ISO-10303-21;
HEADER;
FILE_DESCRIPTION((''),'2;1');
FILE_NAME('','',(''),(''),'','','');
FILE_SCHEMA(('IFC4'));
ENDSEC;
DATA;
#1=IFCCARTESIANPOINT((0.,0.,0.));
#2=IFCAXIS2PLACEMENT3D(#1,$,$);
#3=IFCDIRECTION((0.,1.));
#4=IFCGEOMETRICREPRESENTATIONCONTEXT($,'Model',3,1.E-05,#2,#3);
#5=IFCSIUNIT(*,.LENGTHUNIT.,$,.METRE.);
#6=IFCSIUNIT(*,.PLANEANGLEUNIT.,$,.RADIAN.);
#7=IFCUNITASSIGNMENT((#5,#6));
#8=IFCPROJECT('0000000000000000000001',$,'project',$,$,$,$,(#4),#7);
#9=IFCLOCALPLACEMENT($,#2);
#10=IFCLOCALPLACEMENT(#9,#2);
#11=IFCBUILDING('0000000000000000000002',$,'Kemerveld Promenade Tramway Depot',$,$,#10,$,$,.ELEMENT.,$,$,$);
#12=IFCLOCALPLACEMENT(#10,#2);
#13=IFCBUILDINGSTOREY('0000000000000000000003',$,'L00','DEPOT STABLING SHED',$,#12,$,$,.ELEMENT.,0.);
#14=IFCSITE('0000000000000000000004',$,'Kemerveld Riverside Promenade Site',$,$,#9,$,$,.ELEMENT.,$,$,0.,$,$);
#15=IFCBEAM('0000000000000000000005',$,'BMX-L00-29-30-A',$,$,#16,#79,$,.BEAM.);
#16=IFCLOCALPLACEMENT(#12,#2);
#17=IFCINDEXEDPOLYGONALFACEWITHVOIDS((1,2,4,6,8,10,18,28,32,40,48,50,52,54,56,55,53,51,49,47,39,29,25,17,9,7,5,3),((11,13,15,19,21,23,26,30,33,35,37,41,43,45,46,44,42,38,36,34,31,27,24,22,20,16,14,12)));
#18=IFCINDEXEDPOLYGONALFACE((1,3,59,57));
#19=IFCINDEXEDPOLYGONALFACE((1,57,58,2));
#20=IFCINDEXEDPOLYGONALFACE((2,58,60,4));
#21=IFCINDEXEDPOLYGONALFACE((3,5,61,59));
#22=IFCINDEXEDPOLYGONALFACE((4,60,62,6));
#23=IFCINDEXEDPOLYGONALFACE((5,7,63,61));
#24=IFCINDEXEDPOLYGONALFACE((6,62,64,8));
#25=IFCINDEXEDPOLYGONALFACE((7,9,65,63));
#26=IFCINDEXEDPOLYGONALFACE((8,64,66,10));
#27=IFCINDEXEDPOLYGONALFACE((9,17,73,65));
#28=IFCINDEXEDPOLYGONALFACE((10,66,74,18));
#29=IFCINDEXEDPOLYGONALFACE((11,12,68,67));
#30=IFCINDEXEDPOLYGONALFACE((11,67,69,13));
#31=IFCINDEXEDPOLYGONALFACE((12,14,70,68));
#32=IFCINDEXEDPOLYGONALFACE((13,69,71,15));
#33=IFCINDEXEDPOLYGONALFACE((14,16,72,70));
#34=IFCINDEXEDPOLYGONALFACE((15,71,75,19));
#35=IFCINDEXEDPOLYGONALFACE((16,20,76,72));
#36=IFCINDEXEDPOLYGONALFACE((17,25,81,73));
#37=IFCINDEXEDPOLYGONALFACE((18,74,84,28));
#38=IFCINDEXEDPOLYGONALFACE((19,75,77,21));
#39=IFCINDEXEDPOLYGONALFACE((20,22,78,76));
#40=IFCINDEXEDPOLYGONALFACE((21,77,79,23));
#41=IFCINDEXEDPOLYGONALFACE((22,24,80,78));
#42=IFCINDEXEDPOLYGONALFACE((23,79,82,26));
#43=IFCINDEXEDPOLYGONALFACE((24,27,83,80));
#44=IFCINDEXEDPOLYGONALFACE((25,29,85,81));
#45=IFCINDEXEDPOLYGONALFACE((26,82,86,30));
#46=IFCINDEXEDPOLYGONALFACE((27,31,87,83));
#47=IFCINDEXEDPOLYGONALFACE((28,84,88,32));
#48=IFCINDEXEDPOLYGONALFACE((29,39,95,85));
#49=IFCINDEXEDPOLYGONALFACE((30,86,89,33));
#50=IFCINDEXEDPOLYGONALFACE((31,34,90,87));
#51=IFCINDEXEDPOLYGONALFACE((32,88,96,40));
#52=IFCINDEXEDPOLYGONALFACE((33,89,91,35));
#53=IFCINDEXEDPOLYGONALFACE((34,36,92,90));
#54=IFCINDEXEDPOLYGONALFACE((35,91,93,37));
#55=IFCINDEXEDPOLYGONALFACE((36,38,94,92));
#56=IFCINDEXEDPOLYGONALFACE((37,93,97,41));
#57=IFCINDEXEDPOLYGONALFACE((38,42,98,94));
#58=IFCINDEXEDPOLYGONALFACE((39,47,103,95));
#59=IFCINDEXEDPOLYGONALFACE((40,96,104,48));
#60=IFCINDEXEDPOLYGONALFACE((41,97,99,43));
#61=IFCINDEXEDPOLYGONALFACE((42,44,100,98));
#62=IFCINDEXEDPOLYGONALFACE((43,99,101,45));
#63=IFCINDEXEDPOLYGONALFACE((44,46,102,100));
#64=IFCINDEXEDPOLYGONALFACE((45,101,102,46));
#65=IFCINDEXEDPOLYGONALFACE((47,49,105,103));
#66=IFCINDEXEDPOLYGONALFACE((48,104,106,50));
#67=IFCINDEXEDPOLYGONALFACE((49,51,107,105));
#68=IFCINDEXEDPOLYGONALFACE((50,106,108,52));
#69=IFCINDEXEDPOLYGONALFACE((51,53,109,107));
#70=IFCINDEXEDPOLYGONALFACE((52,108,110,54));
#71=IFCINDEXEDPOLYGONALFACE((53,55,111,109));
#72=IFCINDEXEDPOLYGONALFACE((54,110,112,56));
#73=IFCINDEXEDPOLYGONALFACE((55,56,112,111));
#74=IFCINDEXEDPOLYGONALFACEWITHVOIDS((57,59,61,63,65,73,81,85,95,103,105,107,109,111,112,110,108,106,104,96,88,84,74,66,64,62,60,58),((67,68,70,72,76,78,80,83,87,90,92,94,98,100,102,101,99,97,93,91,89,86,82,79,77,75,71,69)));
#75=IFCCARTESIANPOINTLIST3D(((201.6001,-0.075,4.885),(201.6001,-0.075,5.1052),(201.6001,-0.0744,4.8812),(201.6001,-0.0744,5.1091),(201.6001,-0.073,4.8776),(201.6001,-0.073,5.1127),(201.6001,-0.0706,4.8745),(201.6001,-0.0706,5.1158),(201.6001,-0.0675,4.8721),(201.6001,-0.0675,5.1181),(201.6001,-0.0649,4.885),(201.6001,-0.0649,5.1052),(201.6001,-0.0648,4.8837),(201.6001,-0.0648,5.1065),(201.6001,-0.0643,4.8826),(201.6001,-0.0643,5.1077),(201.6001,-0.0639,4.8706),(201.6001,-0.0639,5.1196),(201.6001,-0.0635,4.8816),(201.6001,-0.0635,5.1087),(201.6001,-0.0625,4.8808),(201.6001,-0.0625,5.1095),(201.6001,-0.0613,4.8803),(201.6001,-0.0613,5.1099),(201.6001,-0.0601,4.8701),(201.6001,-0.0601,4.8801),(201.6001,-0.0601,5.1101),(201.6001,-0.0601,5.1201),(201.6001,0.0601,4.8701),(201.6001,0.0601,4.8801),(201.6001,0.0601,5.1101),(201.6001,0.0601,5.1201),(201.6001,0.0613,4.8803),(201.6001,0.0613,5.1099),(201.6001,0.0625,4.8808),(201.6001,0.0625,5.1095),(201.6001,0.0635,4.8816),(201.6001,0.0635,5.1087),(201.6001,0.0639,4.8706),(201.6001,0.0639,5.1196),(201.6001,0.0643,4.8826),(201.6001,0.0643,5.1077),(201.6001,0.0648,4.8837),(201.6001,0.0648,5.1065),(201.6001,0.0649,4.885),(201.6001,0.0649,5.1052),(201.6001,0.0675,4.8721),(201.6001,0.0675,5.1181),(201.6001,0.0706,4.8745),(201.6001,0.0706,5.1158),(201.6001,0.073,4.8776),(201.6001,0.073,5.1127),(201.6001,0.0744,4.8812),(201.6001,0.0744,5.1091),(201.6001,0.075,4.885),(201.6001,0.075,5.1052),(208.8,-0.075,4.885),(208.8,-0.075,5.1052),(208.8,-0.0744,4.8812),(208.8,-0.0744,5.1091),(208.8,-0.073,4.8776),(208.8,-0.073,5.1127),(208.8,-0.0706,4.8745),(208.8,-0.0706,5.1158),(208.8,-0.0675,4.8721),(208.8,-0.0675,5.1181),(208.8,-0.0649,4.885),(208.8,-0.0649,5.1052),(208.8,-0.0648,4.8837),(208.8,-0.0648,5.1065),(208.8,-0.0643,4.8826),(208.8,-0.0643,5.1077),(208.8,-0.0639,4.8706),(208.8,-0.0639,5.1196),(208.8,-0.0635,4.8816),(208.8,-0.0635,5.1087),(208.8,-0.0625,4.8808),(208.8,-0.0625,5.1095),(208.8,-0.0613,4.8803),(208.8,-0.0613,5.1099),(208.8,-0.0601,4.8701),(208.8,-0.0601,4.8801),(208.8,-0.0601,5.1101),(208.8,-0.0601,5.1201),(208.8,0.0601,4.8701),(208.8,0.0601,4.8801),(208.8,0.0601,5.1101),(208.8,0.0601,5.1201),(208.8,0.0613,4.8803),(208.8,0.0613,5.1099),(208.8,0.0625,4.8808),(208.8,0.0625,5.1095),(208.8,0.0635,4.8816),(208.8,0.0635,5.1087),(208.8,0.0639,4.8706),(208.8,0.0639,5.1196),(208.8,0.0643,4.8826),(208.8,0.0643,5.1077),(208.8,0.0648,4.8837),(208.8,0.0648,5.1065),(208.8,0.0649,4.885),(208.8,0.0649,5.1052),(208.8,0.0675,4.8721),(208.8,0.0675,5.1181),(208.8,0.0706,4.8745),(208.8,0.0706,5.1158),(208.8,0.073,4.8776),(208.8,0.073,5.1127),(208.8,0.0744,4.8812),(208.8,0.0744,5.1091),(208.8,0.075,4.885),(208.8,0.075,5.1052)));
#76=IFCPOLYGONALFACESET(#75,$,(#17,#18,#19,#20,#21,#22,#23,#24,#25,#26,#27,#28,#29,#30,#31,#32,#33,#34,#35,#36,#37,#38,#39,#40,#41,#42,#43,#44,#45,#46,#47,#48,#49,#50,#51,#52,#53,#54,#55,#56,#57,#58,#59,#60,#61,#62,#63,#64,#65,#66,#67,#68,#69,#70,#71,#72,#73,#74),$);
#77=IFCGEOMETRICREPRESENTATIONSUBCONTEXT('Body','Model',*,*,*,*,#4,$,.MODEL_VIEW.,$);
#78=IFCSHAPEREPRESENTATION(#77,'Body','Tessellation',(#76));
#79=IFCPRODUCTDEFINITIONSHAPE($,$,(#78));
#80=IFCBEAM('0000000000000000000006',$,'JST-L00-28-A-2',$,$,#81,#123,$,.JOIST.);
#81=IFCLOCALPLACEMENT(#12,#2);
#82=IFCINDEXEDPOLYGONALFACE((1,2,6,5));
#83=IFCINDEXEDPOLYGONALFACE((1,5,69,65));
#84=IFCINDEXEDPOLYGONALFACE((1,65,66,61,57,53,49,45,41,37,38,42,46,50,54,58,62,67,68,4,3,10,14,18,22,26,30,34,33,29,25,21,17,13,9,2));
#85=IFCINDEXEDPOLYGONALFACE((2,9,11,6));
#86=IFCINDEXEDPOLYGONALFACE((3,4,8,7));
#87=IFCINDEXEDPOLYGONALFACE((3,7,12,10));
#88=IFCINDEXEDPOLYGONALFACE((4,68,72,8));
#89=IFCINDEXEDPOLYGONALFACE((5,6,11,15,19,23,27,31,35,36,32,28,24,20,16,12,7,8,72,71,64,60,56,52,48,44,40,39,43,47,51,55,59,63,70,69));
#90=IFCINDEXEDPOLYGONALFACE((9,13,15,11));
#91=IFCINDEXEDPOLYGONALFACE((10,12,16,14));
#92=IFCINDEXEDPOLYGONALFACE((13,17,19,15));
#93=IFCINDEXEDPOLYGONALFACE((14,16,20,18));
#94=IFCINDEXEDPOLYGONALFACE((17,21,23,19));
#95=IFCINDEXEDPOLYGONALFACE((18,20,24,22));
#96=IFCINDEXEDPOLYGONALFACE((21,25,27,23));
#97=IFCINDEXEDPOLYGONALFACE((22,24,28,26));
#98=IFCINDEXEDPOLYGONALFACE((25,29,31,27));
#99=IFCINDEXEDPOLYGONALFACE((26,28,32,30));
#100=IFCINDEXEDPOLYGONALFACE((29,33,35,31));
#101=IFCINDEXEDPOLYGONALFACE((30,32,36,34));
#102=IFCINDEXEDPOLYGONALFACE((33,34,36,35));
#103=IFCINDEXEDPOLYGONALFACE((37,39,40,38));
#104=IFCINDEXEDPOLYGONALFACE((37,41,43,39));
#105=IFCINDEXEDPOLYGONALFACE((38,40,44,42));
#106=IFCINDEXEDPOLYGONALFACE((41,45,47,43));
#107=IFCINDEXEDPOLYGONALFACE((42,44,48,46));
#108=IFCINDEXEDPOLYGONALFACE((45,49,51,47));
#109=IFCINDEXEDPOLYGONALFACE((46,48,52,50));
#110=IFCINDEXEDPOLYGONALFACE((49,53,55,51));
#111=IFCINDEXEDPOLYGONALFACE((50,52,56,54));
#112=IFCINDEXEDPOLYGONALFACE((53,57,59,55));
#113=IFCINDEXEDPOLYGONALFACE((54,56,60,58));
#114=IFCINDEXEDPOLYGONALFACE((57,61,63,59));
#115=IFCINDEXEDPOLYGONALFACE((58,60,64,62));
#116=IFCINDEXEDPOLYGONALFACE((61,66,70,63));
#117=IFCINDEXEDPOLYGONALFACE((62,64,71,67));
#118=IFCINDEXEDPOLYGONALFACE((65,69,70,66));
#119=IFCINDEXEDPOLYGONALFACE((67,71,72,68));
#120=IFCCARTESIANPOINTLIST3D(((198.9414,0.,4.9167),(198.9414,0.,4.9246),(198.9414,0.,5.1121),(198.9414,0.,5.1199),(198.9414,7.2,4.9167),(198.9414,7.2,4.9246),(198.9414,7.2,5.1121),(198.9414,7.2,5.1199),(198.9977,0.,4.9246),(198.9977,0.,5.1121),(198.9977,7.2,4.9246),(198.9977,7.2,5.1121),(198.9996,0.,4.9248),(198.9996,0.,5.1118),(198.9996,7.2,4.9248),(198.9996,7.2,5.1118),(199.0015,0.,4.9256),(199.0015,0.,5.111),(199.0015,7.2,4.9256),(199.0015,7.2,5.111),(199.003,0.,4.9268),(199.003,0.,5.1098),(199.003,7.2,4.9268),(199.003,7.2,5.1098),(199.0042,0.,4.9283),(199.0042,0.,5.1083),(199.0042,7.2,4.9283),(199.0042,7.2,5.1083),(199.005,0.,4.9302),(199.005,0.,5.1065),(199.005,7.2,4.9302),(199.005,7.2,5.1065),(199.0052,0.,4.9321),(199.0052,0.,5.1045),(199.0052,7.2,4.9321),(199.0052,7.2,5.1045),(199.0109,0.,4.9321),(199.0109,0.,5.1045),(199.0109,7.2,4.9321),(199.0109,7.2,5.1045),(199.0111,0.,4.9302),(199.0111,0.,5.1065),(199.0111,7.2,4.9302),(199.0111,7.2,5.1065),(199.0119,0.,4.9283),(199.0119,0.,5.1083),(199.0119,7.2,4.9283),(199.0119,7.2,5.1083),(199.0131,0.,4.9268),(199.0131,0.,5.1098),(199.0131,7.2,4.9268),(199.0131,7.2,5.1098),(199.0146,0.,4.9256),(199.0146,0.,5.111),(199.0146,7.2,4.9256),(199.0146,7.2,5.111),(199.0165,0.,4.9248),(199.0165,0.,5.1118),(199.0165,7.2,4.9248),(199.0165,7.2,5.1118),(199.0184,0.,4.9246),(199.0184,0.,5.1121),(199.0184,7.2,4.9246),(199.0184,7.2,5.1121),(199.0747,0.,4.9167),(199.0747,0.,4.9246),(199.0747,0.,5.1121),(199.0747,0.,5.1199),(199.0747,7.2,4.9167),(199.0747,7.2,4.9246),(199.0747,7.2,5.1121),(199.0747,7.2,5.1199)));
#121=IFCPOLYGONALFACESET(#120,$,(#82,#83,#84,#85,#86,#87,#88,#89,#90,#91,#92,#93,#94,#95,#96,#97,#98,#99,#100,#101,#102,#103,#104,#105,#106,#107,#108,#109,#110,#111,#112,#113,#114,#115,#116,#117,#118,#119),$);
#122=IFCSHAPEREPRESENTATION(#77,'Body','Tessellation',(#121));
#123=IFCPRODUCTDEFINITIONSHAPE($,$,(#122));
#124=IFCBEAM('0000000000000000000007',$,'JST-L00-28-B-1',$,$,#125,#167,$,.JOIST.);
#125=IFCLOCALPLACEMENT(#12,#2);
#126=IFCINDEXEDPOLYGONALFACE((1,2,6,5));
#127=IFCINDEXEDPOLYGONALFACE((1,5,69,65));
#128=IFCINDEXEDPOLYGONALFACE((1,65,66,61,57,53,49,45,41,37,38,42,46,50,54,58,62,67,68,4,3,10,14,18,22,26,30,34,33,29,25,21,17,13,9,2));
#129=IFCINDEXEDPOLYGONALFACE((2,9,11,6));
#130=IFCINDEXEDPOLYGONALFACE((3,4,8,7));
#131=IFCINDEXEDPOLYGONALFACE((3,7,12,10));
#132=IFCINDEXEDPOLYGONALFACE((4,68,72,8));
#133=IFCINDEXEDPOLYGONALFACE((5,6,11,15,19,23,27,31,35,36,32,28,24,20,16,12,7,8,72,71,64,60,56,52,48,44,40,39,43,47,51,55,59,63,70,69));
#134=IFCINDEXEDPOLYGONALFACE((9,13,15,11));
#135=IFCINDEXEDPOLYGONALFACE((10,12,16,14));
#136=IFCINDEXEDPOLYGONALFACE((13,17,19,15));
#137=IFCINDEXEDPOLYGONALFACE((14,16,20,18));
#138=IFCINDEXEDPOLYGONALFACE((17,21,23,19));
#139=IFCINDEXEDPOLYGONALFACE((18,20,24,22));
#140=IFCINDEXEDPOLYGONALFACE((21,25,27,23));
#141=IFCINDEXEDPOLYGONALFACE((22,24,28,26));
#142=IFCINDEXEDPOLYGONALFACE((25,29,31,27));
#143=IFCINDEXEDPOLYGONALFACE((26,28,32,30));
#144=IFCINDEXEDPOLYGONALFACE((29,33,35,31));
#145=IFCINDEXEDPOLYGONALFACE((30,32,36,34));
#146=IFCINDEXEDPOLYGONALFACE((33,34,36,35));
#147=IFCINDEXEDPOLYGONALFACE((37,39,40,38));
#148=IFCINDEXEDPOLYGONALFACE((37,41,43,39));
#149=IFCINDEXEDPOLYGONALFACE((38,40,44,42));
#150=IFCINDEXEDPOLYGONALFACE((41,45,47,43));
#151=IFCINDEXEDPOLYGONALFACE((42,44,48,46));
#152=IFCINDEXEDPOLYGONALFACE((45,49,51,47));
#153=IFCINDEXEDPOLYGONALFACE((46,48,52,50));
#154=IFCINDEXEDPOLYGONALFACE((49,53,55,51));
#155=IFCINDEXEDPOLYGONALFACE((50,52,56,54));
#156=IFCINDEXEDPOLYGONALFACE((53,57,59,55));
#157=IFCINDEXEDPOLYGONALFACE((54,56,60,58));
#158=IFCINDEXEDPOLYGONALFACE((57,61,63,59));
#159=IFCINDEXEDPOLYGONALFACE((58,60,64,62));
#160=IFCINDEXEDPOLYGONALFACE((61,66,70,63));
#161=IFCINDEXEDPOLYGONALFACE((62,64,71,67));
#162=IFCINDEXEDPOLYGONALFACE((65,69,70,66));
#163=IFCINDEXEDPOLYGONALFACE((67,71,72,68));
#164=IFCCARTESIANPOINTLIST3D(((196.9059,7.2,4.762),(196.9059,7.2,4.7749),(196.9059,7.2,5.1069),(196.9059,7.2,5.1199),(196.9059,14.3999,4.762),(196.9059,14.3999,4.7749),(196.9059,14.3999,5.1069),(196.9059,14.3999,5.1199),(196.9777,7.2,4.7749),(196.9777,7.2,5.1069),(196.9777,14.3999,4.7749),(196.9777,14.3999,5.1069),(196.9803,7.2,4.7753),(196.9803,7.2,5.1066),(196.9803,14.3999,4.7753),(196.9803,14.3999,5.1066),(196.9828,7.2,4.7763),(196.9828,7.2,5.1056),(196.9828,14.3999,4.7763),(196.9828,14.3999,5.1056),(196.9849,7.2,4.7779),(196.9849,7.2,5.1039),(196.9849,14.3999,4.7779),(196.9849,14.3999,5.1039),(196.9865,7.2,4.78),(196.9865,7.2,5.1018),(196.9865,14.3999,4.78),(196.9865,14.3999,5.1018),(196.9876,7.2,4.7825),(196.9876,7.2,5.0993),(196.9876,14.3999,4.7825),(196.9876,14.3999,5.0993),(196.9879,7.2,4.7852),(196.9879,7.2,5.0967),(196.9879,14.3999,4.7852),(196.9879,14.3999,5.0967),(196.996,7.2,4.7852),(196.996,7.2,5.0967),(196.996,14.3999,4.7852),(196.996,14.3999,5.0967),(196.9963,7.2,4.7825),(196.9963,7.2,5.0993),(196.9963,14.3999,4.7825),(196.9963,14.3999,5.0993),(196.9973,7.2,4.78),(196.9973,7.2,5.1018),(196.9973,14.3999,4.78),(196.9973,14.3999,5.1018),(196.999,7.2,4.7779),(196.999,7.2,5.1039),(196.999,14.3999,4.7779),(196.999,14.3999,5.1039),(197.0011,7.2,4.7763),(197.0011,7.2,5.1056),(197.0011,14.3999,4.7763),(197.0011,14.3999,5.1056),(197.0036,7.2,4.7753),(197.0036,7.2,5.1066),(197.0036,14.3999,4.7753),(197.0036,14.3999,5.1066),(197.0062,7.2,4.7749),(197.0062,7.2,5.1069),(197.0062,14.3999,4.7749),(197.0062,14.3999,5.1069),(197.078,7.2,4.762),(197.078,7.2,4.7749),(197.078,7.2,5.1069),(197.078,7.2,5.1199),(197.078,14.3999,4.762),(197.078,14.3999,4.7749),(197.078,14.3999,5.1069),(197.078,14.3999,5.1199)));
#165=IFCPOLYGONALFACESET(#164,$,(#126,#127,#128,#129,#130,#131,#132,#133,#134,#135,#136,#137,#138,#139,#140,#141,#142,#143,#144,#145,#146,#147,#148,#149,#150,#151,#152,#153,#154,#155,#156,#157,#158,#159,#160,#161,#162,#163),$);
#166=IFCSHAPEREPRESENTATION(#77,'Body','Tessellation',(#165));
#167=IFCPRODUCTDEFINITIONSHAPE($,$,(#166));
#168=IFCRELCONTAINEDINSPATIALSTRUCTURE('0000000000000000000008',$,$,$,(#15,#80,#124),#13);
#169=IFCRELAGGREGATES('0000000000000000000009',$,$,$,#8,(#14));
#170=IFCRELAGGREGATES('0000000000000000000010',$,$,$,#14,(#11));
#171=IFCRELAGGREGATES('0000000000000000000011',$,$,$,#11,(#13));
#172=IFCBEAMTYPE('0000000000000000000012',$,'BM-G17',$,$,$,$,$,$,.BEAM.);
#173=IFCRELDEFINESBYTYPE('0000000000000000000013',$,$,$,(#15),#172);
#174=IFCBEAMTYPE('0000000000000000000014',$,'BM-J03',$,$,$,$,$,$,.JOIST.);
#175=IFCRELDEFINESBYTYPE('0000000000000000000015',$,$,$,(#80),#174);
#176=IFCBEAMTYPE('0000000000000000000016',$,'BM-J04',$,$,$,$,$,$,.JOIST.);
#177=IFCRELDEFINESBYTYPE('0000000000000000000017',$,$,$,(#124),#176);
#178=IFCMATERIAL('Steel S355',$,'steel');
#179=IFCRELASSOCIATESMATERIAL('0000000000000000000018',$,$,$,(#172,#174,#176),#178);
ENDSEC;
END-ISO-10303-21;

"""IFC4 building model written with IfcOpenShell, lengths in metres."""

from ifc_helpers import new_model, si_unit, direction, frame, origin, origin_2d, place, context, subcontext, project, spatial, hollow_rectangle, i_section, extrude, material, material_profile, profile_set, type_object, element, save


model = new_model("IFC4")

# Units and contexts
model_context = context("Model", 3, precision=1e-05, world=origin(), true_north=direction((0.0, 1.0)))
body_context = subcontext(model_context, "Body", "Model", "MODEL_VIEW")
ifc_project = project(units=[si_unit("LENGTHUNIT", "METRE"), si_unit("PLANEANGLEUNIT", "RADIAN")], contexts=[model_context])

# Site, building, storey
site_placement = place(None, origin())
site = spatial("IfcSite", under=ifc_project, at=site_placement, Name="Kemerveld Riverside Promenade Site", CompositionType="ELEMENT", RefElevation=0.0)
building_placement = place(site_placement, origin())
building = spatial("IfcBuilding", under=site, at=building_placement, Name="Kemerveld Promenade Tramway Depot", CompositionType="ELEMENT")
storey_placement = place(building_placement, origin())
storey = spatial("IfcBuildingStorey", under=building, at=storey_placement, Name="L00", Description="DEPOT STABLING SHED", CompositionType="ELEMENT", Elevation=0.0)

# Shared definitions
ifc_material_1 = material(Name="Steel S355", Category="steel")

# Beams
ifc_material_profile_1 = material_profile(ifc_material_1, hollow_rectangle(XDim=0.1499, YDim=0.25, WallThickness=0.01, InnerFilletRadius=0.0049, OuterFilletRadius=0.0149, at=origin_2d()), Name="250x150x10.0 RHS")
ifc_profile_set_1 = profile_set([ifc_material_profile_1], Name="Steel S355")
beam_type_1 = type_object("IfcBeamType", Name="BM-G17", PredefinedType="BEAM", material=ifc_profile_set_1)
beam_1_placement = place(storey_placement, frame((201.6001, 0.0, 4.9951), z_axis=(1.0, 0.0, 0.0), x_axis=(0.0, 1.0, 0.0)))
element("IfcBeam", 1, at=beam_1_placement, inside=storey, type_object=beam_type_1, Name="BMX-L00-29-30-A", PredefinedType="BEAM", context=body_context, shape_type="SweptSolid", body=[
    extrude(hollow_rectangle(XDim=0.1499, YDim=0.25, WallThickness=0.01, InnerFilletRadius=0.0049, OuterFilletRadius=0.0149, at=origin_2d()), origin(), (0.0, 0.0, 1.0), 7.2),
])
ifc_material_profile_2 = material_profile(ifc_material_1, i_section(OverallWidth=0.1333, OverallDepth=0.2031, WebThickness=0.0056, FlangeThickness=0.0078, FilletRadius=0.0076, at=origin_2d()), Name="203x133x25 UB")
ifc_profile_set_2 = profile_set([ifc_material_profile_2], Name="Steel S355")
beam_type_2 = type_object("IfcBeamType", Name="BM-J03", PredefinedType="JOIST", material=ifc_profile_set_2)
beam_2_placement = place(storey_placement, frame((199.0081, 0.0, 5.0183), z_axis=(0.0, 1.0, 0.0), x_axis=(-1.0, 0.0, 0.0)))
element("IfcBeam", 2, at=beam_2_placement, inside=storey, type_object=beam_type_2, Name="JST-L00-28-A-2", PredefinedType="JOIST", context=body_context, shape_type="SweptSolid", body=[
    extrude(i_section(OverallWidth=0.1333, OverallDepth=0.2031, WebThickness=0.0056, FlangeThickness=0.0078, FilletRadius=0.0076, at=origin_2d()), origin(), (0.0, 0.0, 1.0), 7.2),
])
ifc_material_profile_3 = material_profile(ifc_material_1, i_section(OverallWidth=0.1721, OverallDepth=0.3579, WebThickness=0.0081, FlangeThickness=0.0129, FilletRadius=0.0103, at=origin_2d()), Name="356x171x57 UB")
ifc_profile_set_3 = profile_set([ifc_material_profile_3], Name="Steel S355")
beam_type_3 = type_object("IfcBeamType", Name="BM-J04", PredefinedType="JOIST", material=ifc_profile_set_3)
for number, where, z_axis, x_axis, name in (
    (3, (196.9919, 7.2, 4.9409), (0.0, 1.0, 0.0), (-1.0, 0.0, 0.0), "JST-L00-28-B-1"),
):
    element("IfcBeam", number, at=place(storey_placement, frame(where, z_axis=z_axis, x_axis=x_axis)), inside=storey, type_object=beam_type_3, Name=name, PredefinedType="JOIST", context=body_context, shape_type="SweptSolid", body=[
        extrude(i_section(OverallWidth=0.1721, OverallDepth=0.3579, WebThickness=0.0081, FlangeThickness=0.0129, FilletRadius=0.0103, at=origin_2d()), origin(), (0.0, 0.0, 1.0), 7.2),
    ])

save(model, "model.ifc")
